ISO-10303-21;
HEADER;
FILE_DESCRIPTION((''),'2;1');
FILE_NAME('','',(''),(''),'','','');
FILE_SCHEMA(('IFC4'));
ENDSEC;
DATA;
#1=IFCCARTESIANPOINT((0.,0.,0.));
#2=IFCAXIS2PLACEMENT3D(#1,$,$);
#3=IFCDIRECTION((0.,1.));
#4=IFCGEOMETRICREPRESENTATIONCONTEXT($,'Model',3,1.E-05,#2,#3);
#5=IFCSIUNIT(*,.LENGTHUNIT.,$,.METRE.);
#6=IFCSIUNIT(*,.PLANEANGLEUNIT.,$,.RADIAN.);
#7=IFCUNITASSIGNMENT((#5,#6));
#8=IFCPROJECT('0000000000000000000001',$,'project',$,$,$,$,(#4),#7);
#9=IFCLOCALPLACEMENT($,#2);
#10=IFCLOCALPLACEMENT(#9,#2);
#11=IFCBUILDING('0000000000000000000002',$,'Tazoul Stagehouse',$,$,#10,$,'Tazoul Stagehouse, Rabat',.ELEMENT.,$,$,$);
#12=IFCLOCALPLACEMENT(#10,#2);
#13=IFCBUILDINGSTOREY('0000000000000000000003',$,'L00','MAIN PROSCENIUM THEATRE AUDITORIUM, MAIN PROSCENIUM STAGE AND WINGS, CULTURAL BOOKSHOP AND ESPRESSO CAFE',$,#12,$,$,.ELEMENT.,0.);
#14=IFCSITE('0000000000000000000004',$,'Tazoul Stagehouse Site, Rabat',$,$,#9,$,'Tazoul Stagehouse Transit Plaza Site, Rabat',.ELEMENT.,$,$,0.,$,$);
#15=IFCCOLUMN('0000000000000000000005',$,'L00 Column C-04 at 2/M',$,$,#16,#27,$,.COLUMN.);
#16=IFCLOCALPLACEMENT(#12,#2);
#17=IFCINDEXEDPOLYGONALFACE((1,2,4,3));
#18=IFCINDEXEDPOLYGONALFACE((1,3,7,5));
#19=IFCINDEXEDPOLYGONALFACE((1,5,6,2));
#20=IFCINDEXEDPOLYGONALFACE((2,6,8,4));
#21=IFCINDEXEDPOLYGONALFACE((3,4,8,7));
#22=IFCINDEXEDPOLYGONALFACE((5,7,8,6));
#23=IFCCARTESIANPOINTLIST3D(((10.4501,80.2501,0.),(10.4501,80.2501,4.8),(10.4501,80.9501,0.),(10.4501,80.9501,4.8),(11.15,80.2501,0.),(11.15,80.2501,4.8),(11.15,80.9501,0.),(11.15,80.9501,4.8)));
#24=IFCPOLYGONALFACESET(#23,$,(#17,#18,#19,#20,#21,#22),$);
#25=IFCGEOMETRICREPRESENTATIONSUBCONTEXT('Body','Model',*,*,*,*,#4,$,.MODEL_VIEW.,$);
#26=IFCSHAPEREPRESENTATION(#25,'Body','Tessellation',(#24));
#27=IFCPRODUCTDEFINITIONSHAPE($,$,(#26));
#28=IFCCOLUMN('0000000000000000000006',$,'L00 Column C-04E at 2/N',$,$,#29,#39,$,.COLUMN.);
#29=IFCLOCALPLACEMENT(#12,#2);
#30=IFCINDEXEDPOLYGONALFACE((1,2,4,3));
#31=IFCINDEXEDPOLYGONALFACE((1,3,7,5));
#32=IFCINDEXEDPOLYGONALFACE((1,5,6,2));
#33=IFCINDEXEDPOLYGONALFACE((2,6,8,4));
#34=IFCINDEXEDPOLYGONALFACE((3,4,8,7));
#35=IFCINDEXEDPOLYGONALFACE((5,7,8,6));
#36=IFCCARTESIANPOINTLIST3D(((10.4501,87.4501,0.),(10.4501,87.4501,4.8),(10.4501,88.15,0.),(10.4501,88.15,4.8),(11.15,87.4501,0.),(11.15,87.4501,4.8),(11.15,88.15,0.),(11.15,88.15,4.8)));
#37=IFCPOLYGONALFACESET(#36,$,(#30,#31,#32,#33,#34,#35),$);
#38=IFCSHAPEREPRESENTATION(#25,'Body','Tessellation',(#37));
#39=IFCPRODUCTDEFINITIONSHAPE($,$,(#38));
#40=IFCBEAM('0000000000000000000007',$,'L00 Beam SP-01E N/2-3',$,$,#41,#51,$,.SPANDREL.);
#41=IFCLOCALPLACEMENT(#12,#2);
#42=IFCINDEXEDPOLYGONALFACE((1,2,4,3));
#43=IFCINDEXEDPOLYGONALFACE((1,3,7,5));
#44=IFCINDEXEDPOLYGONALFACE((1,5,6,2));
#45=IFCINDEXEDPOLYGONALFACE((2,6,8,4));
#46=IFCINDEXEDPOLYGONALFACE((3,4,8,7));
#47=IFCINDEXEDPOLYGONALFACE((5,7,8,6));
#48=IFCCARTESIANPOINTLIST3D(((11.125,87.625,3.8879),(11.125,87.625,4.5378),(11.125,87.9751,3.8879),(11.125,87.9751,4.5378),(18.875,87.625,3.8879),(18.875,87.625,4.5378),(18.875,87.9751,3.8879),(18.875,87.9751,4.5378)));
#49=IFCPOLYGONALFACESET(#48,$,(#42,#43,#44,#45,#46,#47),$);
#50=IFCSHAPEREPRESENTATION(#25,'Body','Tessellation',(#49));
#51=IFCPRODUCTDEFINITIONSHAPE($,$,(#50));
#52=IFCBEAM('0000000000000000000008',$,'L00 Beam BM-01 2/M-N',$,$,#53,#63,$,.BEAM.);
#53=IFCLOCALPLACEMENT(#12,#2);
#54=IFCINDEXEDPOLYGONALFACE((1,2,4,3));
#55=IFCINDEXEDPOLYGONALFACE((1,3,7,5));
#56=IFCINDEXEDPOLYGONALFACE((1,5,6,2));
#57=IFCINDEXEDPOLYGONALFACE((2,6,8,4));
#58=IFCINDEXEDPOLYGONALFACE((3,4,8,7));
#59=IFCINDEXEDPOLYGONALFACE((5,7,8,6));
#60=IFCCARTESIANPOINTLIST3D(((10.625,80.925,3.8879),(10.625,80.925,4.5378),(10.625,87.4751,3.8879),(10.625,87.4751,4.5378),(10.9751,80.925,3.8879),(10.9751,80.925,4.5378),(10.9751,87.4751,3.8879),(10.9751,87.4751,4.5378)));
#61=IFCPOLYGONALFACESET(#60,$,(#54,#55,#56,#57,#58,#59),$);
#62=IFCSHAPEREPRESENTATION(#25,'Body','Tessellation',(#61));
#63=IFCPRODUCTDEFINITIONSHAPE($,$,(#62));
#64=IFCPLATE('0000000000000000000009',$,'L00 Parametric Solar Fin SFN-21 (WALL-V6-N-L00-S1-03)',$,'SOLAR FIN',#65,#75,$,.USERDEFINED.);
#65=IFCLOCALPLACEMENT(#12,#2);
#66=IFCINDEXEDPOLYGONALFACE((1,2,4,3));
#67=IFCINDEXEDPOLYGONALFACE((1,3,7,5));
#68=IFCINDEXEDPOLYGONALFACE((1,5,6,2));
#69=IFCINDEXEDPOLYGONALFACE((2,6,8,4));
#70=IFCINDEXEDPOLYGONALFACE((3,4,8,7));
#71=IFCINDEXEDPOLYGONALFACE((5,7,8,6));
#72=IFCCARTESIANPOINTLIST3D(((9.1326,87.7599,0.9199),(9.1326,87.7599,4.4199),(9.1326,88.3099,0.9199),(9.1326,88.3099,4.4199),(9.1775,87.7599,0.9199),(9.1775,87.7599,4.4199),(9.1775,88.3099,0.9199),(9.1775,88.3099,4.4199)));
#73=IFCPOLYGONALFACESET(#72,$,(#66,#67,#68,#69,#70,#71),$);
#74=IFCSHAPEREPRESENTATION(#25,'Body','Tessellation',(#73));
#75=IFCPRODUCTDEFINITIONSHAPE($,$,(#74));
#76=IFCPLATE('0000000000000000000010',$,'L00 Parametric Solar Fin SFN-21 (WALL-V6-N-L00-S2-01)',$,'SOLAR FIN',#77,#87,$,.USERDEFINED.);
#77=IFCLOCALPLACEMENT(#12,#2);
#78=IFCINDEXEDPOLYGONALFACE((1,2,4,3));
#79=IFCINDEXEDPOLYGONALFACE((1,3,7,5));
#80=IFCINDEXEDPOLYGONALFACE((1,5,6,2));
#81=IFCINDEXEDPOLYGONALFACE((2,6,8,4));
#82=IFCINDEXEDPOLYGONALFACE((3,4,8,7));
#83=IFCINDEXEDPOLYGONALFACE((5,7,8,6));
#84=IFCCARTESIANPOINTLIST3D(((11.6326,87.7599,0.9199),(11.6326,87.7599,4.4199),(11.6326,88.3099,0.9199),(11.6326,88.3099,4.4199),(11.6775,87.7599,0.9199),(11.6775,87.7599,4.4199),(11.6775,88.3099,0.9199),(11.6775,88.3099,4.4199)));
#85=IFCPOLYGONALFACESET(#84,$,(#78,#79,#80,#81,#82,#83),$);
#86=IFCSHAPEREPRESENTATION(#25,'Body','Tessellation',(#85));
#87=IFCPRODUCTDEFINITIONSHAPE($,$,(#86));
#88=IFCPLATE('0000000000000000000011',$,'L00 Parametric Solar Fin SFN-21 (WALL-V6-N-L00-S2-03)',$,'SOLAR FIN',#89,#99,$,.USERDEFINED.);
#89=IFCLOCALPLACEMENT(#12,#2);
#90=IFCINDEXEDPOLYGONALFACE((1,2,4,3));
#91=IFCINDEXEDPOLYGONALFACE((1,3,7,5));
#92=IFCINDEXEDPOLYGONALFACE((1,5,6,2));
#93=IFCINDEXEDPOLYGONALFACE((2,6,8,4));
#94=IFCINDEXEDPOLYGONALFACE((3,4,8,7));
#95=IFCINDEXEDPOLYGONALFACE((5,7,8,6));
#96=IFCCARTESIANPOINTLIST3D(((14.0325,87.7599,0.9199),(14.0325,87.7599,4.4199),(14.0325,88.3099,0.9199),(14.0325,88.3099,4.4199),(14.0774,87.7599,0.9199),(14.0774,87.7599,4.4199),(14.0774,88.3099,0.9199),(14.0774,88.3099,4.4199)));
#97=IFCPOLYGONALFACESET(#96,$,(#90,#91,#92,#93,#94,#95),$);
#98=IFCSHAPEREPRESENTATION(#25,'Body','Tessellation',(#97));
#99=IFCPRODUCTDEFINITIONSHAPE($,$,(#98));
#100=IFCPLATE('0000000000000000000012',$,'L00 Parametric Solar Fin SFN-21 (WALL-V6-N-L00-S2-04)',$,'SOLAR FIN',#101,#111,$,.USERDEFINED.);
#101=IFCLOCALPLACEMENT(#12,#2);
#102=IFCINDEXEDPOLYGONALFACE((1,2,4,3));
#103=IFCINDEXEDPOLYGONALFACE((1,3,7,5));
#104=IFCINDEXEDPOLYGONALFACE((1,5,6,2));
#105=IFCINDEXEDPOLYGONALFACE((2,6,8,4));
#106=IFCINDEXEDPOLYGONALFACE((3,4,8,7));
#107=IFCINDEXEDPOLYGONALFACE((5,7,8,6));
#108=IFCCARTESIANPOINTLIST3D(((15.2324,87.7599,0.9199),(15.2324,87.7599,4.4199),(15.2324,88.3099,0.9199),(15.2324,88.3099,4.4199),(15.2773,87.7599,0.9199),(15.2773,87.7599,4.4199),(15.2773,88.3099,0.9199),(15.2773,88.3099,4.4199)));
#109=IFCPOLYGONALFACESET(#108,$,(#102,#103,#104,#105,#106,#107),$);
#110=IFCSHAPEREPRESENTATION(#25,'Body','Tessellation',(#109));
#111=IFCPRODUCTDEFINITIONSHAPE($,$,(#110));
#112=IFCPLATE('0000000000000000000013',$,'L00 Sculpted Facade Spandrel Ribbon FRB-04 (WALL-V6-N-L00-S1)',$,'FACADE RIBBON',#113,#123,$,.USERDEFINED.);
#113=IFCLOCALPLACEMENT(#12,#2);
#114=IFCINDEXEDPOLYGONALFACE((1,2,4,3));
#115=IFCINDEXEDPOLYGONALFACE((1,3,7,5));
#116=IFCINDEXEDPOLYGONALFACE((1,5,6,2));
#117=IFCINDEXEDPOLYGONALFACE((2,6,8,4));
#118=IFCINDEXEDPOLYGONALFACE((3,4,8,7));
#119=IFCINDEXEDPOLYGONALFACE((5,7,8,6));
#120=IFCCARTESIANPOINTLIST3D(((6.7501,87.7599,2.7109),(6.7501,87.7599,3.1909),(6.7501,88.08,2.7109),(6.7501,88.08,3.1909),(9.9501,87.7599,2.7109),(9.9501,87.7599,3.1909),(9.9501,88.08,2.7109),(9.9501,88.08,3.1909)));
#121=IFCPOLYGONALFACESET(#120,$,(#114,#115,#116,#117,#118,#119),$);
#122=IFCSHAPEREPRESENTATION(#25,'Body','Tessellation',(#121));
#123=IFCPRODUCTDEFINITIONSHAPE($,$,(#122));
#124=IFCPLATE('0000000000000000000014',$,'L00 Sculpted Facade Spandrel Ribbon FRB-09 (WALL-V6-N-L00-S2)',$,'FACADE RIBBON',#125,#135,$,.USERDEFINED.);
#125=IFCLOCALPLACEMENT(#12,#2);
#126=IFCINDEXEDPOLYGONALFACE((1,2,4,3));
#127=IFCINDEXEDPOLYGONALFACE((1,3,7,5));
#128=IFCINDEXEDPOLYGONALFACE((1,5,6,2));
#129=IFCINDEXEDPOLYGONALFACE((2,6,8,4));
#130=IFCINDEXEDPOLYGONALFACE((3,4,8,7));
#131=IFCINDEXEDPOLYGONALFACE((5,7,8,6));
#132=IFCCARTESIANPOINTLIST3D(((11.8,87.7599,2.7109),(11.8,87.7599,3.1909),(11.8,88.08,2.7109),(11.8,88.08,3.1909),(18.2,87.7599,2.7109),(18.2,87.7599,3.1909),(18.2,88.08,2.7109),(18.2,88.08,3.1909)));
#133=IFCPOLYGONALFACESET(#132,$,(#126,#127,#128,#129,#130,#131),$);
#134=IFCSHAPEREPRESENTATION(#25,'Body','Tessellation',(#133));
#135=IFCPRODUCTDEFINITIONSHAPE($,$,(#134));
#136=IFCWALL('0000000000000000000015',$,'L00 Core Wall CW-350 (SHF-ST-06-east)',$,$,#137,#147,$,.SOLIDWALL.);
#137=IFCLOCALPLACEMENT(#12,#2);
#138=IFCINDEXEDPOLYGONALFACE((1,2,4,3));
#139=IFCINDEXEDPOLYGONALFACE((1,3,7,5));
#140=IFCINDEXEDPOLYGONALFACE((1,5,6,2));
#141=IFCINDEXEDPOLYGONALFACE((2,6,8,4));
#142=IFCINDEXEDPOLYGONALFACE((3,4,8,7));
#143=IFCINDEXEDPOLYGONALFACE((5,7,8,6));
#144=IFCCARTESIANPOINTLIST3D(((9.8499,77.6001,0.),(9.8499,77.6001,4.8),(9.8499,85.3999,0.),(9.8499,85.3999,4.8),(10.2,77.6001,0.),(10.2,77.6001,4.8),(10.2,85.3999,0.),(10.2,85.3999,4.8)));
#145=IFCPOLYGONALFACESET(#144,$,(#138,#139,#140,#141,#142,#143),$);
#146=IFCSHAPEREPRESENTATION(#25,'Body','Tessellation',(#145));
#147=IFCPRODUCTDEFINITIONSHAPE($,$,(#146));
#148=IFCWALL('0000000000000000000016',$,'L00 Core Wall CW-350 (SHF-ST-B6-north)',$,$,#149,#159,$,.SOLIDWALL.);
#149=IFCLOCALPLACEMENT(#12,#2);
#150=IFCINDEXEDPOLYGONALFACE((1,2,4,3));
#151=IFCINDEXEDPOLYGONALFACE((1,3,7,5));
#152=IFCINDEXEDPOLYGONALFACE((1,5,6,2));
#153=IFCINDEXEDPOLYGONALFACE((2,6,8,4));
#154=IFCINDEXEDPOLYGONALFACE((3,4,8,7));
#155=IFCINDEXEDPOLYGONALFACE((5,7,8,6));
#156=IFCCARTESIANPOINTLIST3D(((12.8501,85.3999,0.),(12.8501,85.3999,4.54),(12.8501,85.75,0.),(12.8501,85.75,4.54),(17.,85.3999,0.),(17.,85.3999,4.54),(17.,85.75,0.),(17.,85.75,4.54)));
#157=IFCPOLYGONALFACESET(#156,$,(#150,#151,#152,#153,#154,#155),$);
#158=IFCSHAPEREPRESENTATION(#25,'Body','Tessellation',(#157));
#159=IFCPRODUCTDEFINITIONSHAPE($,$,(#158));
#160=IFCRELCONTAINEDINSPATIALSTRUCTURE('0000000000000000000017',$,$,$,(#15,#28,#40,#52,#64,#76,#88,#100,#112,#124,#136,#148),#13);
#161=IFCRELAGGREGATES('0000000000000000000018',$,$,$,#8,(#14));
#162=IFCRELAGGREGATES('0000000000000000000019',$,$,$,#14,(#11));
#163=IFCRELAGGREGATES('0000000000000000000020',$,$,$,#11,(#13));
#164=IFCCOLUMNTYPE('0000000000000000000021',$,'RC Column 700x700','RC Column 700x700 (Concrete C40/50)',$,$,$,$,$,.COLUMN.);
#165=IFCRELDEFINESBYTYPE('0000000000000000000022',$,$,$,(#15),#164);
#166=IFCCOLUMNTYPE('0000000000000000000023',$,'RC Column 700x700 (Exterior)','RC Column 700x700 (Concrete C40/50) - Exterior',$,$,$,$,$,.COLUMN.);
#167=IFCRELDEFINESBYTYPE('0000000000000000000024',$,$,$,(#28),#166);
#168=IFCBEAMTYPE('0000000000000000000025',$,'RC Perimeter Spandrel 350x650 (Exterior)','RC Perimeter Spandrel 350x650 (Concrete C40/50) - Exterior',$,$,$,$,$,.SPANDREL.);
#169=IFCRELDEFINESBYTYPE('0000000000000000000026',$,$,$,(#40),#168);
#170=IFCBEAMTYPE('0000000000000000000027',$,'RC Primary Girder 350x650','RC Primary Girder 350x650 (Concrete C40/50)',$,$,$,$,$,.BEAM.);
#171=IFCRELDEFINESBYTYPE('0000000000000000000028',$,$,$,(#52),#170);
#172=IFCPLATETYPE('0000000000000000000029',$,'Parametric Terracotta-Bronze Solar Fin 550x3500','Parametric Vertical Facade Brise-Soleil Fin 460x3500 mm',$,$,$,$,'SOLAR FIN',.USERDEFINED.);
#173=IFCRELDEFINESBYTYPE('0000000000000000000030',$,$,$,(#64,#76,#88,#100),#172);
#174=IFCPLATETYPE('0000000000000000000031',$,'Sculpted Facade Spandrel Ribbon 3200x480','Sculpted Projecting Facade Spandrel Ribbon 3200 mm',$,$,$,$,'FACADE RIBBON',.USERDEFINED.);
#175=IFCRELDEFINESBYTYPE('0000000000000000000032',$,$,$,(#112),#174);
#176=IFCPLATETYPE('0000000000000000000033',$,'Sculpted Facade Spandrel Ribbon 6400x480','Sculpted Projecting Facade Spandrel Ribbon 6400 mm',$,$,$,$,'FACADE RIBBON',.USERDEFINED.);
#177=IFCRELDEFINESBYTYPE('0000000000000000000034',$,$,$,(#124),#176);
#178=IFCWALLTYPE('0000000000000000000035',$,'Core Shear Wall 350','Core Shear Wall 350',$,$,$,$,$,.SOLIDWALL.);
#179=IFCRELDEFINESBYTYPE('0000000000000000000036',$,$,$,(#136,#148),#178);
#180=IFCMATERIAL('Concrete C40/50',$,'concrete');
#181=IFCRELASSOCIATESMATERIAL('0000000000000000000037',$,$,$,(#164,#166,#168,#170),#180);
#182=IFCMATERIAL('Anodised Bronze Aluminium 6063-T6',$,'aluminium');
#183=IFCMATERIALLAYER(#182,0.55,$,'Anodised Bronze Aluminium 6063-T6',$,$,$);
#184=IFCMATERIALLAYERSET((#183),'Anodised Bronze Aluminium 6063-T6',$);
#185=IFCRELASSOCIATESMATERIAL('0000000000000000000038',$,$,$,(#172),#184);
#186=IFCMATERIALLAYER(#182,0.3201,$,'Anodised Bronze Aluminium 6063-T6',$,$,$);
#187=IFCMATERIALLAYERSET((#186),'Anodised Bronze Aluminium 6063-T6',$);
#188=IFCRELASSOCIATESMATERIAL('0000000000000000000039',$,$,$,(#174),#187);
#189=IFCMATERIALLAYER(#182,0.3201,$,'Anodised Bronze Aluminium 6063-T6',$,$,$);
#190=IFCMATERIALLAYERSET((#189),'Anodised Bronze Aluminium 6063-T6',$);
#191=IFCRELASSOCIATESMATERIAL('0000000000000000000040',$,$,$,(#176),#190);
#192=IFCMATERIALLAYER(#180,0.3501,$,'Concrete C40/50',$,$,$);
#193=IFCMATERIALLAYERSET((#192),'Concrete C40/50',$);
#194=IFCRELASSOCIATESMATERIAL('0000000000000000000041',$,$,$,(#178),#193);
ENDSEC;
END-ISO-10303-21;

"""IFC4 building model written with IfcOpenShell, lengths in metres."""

from ifc_helpers import new_model, si_unit, direction, frame, frame_2d, origin, origin_2d, place, context, subcontext, project, spatial, rectangle, extrude, material, layer, layer_set, material_profile, profile_set, type_object, element, save


model = new_model("IFC4")

# Units and contexts
model_context = context("Model", 3, precision=1e-05, world=origin(), true_north=direction((0.0, 1.0)))
body_context = subcontext(model_context, "Body", "Model", "MODEL_VIEW")
ifc_project = project(units=[si_unit("LENGTHUNIT", "METRE"), si_unit("PLANEANGLEUNIT", "RADIAN")], contexts=[model_context])

# Site, building, storey
site_placement = place(None, origin())
site = spatial("IfcSite", under=ifc_project, at=site_placement, Name="Tazoul Stagehouse Site, Rabat", LongName="Tazoul Stagehouse Transit Plaza Site, Rabat", CompositionType="ELEMENT", RefElevation=0.0)
building_placement = place(site_placement, origin())
building = spatial("IfcBuilding", under=site, at=building_placement, Name="Tazoul Stagehouse", LongName="Tazoul Stagehouse, Rabat", CompositionType="ELEMENT")
storey_placement = place(building_placement, origin())
storey = spatial("IfcBuildingStorey", under=building, at=storey_placement, Name="L00", Description="MAIN PROSCENIUM THEATRE AUDITORIUM, MAIN PROSCENIUM STAGE AND WINGS, CULTURAL BOOKSHOP AND ESPRESSO CAFE", CompositionType="ELEMENT", Elevation=0.0)

# Columns
ifc_material_1 = material(Name="Concrete C40/50", Category="concrete")
ifc_material_profile_1 = material_profile(ifc_material_1, rectangle(XDim=0.7, YDim=0.7, at=origin_2d()), Name="RC 700x700")
ifc_profile_set_1 = profile_set([ifc_material_profile_1], Name="Concrete C40/50")
column_type_1 = type_object("IfcColumnType", Name="RC Column 700x700", Description="RC Column 700x700 (Concrete C40/50)", PredefinedType="COLUMN", material=ifc_profile_set_1)
column_1_placement = place(storey_placement, frame((10.8, 80.6001, 0.0), z_axis=(0.0, 0.0, 1.0), x_axis=(1.0, 0.0, 0.0)))
element("IfcColumn", 1, at=column_1_placement, inside=storey, type_object=column_type_1, Name="L00 Column C-04 at 2/M", PredefinedType="COLUMN", context=body_context, shape_type="SweptSolid", body=[
    extrude(rectangle(XDim=0.7, YDim=0.7, at=origin_2d()), origin(), (0.0, 0.0, 1.0), 4.8),
])
ifc_material_profile_2 = material_profile(ifc_material_1, rectangle(XDim=0.7, YDim=0.7, at=origin_2d()), Name="RC 700x700")
ifc_profile_set_2 = profile_set([ifc_material_profile_2], Name="Concrete C40/50")
column_type_2 = type_object("IfcColumnType", Name="RC Column 700x700 (Exterior)", Description="RC Column 700x700 (Concrete C40/50) - Exterior", PredefinedType="COLUMN", material=ifc_profile_set_2)
column_2_placement = place(storey_placement, frame((10.8, 87.8, 0.0), z_axis=(0.0, 0.0, 1.0), x_axis=(1.0, 0.0, 0.0)))
element("IfcColumn", 2, at=column_2_placement, inside=storey, type_object=column_type_2, Name="L00 Column C-04E at 2/N", PredefinedType="COLUMN", context=body_context, shape_type="SweptSolid", body=[
    extrude(rectangle(XDim=0.7, YDim=0.7, at=origin_2d()), origin(), (0.0, 0.0, 1.0), 4.8),
])

# Beams
ifc_material_profile_3 = material_profile(ifc_material_1, rectangle(XDim=0.3501, YDim=0.6499, at=origin_2d()), Name="RC 350x650")
ifc_profile_set_3 = profile_set([ifc_material_profile_3], Name="Concrete C40/50")
beam_type_1 = type_object("IfcBeamType", Name="RC Perimeter Spandrel 350x650 (Exterior)", Description="RC Perimeter Spandrel 350x650 (Concrete C40/50) - Exterior", PredefinedType="SPANDREL", material=ifc_profile_set_3)
beam_1_placement = place(storey_placement, frame((11.125, 87.8, 4.2129), z_axis=(1.0, 0.0, 0.0), x_axis=(0.0, 1.0, 0.0)))
element("IfcBeam", 3, at=beam_1_placement, inside=storey, type_object=beam_type_1, Name="L00 Beam SP-01E N/2-3", PredefinedType="SPANDREL", context=body_context, shape_type="SweptSolid", body=[
    extrude(rectangle(XDim=0.3501, YDim=0.6499, at=origin_2d()), origin(), (0.0, 0.0, 1.0), 7.75),
])
ifc_material_profile_4 = material_profile(ifc_material_1, rectangle(XDim=0.3501, YDim=0.6499, at=origin_2d()), Name="RC 350x650")
ifc_profile_set_4 = profile_set([ifc_material_profile_4], Name="Concrete C40/50")
beam_type_2 = type_object("IfcBeamType", Name="RC Primary Girder 350x650", Description="RC Primary Girder 350x650 (Concrete C40/50)", PredefinedType="BEAM", material=ifc_profile_set_4)
beam_2_placement = place(storey_placement, frame((10.8, 80.925, 4.2129), z_axis=(0.0, 1.0, 0.0), x_axis=(-1.0, 0.0, 0.0)))
element("IfcBeam", 4, at=beam_2_placement, inside=storey, type_object=beam_type_2, Name="L00 Beam BM-01 2/M-N", PredefinedType="BEAM", context=body_context, shape_type="SweptSolid", body=[
    extrude(rectangle(XDim=0.3501, YDim=0.6499, at=origin_2d()), origin(), (0.0, 0.0, 1.0), 6.55),
])

# Plates
ifc_material_2 = material(Name="Anodised Bronze Aluminium 6063-T6", Category="aluminium")
ifc_layer_1 = layer(ifc_material_2, 0.55, Name="Anodised Bronze Aluminium 6063-T6")
ifc_layer_set_1 = layer_set([ifc_layer_1], Name="Anodised Bronze Aluminium 6063-T6")
plate_type_1 = type_object("IfcPlateType", Name="Parametric Terracotta-Bronze Solar Fin 550x3500", Description="Parametric Vertical Facade Brise-Soleil Fin 460x3500 mm", ElementType="SOLAR FIN", PredefinedType="USERDEFINED", material=ifc_layer_set_1)
for number, where, z_axis, x_axis, name in (
    (5, (9.155, 88.0349, 0.9199), (0.0, 0.0, 1.0), (1.0, 0.0, 0.0), "L00 Parametric Solar Fin SFN-21 (WALL-V6-N-L00-S1-03)"),
    (6, (11.655, 88.0349, 0.9199), (0.0, 0.0, 1.0), (1.0, 0.0, 0.0), "L00 Parametric Solar Fin SFN-21 (WALL-V6-N-L00-S2-01)"),
    (7, (14.0549, 88.0349, 0.9199), (0.0, 0.0, 1.0), (1.0, 0.0, 0.0), "L00 Parametric Solar Fin SFN-21 (WALL-V6-N-L00-S2-03)"),
    (8, (15.2549, 88.0349, 0.9199), (0.0, 0.0, 1.0), (1.0, 0.0, 0.0), "L00 Parametric Solar Fin SFN-21 (WALL-V6-N-L00-S2-04)"),
):
    element("IfcPlate", number, at=place(storey_placement, frame(where, z_axis=z_axis, x_axis=x_axis)), inside=storey, type_object=plate_type_1, Name=name, ObjectType="SOLAR FIN", PredefinedType="USERDEFINED", context=body_context, shape_type="SweptSolid", body=[
        extrude(rectangle(XDim=0.0449, YDim=0.55, at=origin_2d()), origin(), (0.0, 0.0, 1.0), 3.5),
    ])
ifc_layer_2 = layer(ifc_material_2, 0.3201, Name="Anodised Bronze Aluminium 6063-T6")
ifc_layer_set_2 = layer_set([ifc_layer_2], Name="Anodised Bronze Aluminium 6063-T6")
plate_type_2 = type_object("IfcPlateType", Name="Sculpted Facade Spandrel Ribbon 3200x480", Description="Sculpted Projecting Facade Spandrel Ribbon 3200 mm", ElementType="FACADE RIBBON", PredefinedType="USERDEFINED", material=ifc_layer_set_2)
plate_1_placement = place(storey_placement, frame((8.3501, 87.9199, 2.7109), z_axis=(0.0, 0.0, 1.0), x_axis=(1.0, 0.0, 0.0)))
element("IfcPlate", 9, at=plate_1_placement, inside=storey, type_object=plate_type_2, Name="L00 Sculpted Facade Spandrel Ribbon FRB-04 (WALL-V6-N-L00-S1)", ObjectType="FACADE RIBBON", PredefinedType="USERDEFINED", context=body_context, shape_type="SweptSolid", body=[
    extrude(rectangle(XDim=3.2, YDim=0.3201, at=origin_2d()), origin(), (0.0, 0.0, 1.0), 0.48),
])
ifc_layer_3 = layer(ifc_material_2, 0.3201, Name="Anodised Bronze Aluminium 6063-T6")
ifc_layer_set_3 = layer_set([ifc_layer_3], Name="Anodised Bronze Aluminium 6063-T6")
plate_type_3 = type_object("IfcPlateType", Name="Sculpted Facade Spandrel Ribbon 6400x480", Description="Sculpted Projecting Facade Spandrel Ribbon 6400 mm", ElementType="FACADE RIBBON", PredefinedType="USERDEFINED", material=ifc_layer_set_3)
plate_2_placement = place(storey_placement, frame((15.0, 87.9199, 2.7109), z_axis=(0.0, 0.0, 1.0), x_axis=(1.0, 0.0, 0.0)))
element("IfcPlate", 10, at=plate_2_placement, inside=storey, type_object=plate_type_3, Name="L00 Sculpted Facade Spandrel Ribbon FRB-09 (WALL-V6-N-L00-S2)", ObjectType="FACADE RIBBON", PredefinedType="USERDEFINED", context=body_context, shape_type="SweptSolid", body=[
    extrude(rectangle(XDim=6.3999, YDim=0.3201, at=origin_2d()), origin(), (0.0, 0.0, 1.0), 0.48),
])

# Walls
ifc_layer_4 = layer(ifc_material_1, 0.3501, Name="Concrete C40/50")
ifc_layer_set_4 = layer_set([ifc_layer_4], Name="Concrete C40/50")
wall_type_1 = type_object("IfcWallType", Name="Core Shear Wall 350", Description="Core Shear Wall 350", PredefinedType="SOLIDWALL", material=ifc_layer_set_4)
wall_1_placement = place(storey_placement, frame((10.0249, 85.3999, 0.0), z_axis=(0.0, 0.0, 1.0), x_axis=(0.0, -1.0, 0.0)))
element("IfcWall", 11, at=wall_1_placement, inside=storey, type_object=wall_type_1, Name="L00 Core Wall CW-350 (SHF-ST-06-east)", PredefinedType="SOLIDWALL", context=body_context, shape_type="SweptSolid", body=[
    extrude(rectangle(XDim=7.7998, YDim=0.3501, at=frame_2d((3.8999, 0.0))), origin(), (0.0, 0.0, 1.0), 4.8),
])
wall_2_placement = place(storey_placement, frame((12.8501, 85.575, 0.0), z_axis=(0.0, 0.0, 1.0), x_axis=(1.0, 0.0, 0.0)))
element("IfcWall", 12, at=wall_2_placement, inside=storey, type_object=wall_type_1, Name="L00 Core Wall CW-350 (SHF-ST-B6-north)", PredefinedType="SOLIDWALL", context=body_context, shape_type="SweptSolid", body=[
    extrude(rectangle(XDim=4.1499, YDim=0.3501, at=frame_2d((2.075, 0.0))), origin(), (0.0, 0.0, 1.0), 4.54),
])

save(model, "model.ifc")
